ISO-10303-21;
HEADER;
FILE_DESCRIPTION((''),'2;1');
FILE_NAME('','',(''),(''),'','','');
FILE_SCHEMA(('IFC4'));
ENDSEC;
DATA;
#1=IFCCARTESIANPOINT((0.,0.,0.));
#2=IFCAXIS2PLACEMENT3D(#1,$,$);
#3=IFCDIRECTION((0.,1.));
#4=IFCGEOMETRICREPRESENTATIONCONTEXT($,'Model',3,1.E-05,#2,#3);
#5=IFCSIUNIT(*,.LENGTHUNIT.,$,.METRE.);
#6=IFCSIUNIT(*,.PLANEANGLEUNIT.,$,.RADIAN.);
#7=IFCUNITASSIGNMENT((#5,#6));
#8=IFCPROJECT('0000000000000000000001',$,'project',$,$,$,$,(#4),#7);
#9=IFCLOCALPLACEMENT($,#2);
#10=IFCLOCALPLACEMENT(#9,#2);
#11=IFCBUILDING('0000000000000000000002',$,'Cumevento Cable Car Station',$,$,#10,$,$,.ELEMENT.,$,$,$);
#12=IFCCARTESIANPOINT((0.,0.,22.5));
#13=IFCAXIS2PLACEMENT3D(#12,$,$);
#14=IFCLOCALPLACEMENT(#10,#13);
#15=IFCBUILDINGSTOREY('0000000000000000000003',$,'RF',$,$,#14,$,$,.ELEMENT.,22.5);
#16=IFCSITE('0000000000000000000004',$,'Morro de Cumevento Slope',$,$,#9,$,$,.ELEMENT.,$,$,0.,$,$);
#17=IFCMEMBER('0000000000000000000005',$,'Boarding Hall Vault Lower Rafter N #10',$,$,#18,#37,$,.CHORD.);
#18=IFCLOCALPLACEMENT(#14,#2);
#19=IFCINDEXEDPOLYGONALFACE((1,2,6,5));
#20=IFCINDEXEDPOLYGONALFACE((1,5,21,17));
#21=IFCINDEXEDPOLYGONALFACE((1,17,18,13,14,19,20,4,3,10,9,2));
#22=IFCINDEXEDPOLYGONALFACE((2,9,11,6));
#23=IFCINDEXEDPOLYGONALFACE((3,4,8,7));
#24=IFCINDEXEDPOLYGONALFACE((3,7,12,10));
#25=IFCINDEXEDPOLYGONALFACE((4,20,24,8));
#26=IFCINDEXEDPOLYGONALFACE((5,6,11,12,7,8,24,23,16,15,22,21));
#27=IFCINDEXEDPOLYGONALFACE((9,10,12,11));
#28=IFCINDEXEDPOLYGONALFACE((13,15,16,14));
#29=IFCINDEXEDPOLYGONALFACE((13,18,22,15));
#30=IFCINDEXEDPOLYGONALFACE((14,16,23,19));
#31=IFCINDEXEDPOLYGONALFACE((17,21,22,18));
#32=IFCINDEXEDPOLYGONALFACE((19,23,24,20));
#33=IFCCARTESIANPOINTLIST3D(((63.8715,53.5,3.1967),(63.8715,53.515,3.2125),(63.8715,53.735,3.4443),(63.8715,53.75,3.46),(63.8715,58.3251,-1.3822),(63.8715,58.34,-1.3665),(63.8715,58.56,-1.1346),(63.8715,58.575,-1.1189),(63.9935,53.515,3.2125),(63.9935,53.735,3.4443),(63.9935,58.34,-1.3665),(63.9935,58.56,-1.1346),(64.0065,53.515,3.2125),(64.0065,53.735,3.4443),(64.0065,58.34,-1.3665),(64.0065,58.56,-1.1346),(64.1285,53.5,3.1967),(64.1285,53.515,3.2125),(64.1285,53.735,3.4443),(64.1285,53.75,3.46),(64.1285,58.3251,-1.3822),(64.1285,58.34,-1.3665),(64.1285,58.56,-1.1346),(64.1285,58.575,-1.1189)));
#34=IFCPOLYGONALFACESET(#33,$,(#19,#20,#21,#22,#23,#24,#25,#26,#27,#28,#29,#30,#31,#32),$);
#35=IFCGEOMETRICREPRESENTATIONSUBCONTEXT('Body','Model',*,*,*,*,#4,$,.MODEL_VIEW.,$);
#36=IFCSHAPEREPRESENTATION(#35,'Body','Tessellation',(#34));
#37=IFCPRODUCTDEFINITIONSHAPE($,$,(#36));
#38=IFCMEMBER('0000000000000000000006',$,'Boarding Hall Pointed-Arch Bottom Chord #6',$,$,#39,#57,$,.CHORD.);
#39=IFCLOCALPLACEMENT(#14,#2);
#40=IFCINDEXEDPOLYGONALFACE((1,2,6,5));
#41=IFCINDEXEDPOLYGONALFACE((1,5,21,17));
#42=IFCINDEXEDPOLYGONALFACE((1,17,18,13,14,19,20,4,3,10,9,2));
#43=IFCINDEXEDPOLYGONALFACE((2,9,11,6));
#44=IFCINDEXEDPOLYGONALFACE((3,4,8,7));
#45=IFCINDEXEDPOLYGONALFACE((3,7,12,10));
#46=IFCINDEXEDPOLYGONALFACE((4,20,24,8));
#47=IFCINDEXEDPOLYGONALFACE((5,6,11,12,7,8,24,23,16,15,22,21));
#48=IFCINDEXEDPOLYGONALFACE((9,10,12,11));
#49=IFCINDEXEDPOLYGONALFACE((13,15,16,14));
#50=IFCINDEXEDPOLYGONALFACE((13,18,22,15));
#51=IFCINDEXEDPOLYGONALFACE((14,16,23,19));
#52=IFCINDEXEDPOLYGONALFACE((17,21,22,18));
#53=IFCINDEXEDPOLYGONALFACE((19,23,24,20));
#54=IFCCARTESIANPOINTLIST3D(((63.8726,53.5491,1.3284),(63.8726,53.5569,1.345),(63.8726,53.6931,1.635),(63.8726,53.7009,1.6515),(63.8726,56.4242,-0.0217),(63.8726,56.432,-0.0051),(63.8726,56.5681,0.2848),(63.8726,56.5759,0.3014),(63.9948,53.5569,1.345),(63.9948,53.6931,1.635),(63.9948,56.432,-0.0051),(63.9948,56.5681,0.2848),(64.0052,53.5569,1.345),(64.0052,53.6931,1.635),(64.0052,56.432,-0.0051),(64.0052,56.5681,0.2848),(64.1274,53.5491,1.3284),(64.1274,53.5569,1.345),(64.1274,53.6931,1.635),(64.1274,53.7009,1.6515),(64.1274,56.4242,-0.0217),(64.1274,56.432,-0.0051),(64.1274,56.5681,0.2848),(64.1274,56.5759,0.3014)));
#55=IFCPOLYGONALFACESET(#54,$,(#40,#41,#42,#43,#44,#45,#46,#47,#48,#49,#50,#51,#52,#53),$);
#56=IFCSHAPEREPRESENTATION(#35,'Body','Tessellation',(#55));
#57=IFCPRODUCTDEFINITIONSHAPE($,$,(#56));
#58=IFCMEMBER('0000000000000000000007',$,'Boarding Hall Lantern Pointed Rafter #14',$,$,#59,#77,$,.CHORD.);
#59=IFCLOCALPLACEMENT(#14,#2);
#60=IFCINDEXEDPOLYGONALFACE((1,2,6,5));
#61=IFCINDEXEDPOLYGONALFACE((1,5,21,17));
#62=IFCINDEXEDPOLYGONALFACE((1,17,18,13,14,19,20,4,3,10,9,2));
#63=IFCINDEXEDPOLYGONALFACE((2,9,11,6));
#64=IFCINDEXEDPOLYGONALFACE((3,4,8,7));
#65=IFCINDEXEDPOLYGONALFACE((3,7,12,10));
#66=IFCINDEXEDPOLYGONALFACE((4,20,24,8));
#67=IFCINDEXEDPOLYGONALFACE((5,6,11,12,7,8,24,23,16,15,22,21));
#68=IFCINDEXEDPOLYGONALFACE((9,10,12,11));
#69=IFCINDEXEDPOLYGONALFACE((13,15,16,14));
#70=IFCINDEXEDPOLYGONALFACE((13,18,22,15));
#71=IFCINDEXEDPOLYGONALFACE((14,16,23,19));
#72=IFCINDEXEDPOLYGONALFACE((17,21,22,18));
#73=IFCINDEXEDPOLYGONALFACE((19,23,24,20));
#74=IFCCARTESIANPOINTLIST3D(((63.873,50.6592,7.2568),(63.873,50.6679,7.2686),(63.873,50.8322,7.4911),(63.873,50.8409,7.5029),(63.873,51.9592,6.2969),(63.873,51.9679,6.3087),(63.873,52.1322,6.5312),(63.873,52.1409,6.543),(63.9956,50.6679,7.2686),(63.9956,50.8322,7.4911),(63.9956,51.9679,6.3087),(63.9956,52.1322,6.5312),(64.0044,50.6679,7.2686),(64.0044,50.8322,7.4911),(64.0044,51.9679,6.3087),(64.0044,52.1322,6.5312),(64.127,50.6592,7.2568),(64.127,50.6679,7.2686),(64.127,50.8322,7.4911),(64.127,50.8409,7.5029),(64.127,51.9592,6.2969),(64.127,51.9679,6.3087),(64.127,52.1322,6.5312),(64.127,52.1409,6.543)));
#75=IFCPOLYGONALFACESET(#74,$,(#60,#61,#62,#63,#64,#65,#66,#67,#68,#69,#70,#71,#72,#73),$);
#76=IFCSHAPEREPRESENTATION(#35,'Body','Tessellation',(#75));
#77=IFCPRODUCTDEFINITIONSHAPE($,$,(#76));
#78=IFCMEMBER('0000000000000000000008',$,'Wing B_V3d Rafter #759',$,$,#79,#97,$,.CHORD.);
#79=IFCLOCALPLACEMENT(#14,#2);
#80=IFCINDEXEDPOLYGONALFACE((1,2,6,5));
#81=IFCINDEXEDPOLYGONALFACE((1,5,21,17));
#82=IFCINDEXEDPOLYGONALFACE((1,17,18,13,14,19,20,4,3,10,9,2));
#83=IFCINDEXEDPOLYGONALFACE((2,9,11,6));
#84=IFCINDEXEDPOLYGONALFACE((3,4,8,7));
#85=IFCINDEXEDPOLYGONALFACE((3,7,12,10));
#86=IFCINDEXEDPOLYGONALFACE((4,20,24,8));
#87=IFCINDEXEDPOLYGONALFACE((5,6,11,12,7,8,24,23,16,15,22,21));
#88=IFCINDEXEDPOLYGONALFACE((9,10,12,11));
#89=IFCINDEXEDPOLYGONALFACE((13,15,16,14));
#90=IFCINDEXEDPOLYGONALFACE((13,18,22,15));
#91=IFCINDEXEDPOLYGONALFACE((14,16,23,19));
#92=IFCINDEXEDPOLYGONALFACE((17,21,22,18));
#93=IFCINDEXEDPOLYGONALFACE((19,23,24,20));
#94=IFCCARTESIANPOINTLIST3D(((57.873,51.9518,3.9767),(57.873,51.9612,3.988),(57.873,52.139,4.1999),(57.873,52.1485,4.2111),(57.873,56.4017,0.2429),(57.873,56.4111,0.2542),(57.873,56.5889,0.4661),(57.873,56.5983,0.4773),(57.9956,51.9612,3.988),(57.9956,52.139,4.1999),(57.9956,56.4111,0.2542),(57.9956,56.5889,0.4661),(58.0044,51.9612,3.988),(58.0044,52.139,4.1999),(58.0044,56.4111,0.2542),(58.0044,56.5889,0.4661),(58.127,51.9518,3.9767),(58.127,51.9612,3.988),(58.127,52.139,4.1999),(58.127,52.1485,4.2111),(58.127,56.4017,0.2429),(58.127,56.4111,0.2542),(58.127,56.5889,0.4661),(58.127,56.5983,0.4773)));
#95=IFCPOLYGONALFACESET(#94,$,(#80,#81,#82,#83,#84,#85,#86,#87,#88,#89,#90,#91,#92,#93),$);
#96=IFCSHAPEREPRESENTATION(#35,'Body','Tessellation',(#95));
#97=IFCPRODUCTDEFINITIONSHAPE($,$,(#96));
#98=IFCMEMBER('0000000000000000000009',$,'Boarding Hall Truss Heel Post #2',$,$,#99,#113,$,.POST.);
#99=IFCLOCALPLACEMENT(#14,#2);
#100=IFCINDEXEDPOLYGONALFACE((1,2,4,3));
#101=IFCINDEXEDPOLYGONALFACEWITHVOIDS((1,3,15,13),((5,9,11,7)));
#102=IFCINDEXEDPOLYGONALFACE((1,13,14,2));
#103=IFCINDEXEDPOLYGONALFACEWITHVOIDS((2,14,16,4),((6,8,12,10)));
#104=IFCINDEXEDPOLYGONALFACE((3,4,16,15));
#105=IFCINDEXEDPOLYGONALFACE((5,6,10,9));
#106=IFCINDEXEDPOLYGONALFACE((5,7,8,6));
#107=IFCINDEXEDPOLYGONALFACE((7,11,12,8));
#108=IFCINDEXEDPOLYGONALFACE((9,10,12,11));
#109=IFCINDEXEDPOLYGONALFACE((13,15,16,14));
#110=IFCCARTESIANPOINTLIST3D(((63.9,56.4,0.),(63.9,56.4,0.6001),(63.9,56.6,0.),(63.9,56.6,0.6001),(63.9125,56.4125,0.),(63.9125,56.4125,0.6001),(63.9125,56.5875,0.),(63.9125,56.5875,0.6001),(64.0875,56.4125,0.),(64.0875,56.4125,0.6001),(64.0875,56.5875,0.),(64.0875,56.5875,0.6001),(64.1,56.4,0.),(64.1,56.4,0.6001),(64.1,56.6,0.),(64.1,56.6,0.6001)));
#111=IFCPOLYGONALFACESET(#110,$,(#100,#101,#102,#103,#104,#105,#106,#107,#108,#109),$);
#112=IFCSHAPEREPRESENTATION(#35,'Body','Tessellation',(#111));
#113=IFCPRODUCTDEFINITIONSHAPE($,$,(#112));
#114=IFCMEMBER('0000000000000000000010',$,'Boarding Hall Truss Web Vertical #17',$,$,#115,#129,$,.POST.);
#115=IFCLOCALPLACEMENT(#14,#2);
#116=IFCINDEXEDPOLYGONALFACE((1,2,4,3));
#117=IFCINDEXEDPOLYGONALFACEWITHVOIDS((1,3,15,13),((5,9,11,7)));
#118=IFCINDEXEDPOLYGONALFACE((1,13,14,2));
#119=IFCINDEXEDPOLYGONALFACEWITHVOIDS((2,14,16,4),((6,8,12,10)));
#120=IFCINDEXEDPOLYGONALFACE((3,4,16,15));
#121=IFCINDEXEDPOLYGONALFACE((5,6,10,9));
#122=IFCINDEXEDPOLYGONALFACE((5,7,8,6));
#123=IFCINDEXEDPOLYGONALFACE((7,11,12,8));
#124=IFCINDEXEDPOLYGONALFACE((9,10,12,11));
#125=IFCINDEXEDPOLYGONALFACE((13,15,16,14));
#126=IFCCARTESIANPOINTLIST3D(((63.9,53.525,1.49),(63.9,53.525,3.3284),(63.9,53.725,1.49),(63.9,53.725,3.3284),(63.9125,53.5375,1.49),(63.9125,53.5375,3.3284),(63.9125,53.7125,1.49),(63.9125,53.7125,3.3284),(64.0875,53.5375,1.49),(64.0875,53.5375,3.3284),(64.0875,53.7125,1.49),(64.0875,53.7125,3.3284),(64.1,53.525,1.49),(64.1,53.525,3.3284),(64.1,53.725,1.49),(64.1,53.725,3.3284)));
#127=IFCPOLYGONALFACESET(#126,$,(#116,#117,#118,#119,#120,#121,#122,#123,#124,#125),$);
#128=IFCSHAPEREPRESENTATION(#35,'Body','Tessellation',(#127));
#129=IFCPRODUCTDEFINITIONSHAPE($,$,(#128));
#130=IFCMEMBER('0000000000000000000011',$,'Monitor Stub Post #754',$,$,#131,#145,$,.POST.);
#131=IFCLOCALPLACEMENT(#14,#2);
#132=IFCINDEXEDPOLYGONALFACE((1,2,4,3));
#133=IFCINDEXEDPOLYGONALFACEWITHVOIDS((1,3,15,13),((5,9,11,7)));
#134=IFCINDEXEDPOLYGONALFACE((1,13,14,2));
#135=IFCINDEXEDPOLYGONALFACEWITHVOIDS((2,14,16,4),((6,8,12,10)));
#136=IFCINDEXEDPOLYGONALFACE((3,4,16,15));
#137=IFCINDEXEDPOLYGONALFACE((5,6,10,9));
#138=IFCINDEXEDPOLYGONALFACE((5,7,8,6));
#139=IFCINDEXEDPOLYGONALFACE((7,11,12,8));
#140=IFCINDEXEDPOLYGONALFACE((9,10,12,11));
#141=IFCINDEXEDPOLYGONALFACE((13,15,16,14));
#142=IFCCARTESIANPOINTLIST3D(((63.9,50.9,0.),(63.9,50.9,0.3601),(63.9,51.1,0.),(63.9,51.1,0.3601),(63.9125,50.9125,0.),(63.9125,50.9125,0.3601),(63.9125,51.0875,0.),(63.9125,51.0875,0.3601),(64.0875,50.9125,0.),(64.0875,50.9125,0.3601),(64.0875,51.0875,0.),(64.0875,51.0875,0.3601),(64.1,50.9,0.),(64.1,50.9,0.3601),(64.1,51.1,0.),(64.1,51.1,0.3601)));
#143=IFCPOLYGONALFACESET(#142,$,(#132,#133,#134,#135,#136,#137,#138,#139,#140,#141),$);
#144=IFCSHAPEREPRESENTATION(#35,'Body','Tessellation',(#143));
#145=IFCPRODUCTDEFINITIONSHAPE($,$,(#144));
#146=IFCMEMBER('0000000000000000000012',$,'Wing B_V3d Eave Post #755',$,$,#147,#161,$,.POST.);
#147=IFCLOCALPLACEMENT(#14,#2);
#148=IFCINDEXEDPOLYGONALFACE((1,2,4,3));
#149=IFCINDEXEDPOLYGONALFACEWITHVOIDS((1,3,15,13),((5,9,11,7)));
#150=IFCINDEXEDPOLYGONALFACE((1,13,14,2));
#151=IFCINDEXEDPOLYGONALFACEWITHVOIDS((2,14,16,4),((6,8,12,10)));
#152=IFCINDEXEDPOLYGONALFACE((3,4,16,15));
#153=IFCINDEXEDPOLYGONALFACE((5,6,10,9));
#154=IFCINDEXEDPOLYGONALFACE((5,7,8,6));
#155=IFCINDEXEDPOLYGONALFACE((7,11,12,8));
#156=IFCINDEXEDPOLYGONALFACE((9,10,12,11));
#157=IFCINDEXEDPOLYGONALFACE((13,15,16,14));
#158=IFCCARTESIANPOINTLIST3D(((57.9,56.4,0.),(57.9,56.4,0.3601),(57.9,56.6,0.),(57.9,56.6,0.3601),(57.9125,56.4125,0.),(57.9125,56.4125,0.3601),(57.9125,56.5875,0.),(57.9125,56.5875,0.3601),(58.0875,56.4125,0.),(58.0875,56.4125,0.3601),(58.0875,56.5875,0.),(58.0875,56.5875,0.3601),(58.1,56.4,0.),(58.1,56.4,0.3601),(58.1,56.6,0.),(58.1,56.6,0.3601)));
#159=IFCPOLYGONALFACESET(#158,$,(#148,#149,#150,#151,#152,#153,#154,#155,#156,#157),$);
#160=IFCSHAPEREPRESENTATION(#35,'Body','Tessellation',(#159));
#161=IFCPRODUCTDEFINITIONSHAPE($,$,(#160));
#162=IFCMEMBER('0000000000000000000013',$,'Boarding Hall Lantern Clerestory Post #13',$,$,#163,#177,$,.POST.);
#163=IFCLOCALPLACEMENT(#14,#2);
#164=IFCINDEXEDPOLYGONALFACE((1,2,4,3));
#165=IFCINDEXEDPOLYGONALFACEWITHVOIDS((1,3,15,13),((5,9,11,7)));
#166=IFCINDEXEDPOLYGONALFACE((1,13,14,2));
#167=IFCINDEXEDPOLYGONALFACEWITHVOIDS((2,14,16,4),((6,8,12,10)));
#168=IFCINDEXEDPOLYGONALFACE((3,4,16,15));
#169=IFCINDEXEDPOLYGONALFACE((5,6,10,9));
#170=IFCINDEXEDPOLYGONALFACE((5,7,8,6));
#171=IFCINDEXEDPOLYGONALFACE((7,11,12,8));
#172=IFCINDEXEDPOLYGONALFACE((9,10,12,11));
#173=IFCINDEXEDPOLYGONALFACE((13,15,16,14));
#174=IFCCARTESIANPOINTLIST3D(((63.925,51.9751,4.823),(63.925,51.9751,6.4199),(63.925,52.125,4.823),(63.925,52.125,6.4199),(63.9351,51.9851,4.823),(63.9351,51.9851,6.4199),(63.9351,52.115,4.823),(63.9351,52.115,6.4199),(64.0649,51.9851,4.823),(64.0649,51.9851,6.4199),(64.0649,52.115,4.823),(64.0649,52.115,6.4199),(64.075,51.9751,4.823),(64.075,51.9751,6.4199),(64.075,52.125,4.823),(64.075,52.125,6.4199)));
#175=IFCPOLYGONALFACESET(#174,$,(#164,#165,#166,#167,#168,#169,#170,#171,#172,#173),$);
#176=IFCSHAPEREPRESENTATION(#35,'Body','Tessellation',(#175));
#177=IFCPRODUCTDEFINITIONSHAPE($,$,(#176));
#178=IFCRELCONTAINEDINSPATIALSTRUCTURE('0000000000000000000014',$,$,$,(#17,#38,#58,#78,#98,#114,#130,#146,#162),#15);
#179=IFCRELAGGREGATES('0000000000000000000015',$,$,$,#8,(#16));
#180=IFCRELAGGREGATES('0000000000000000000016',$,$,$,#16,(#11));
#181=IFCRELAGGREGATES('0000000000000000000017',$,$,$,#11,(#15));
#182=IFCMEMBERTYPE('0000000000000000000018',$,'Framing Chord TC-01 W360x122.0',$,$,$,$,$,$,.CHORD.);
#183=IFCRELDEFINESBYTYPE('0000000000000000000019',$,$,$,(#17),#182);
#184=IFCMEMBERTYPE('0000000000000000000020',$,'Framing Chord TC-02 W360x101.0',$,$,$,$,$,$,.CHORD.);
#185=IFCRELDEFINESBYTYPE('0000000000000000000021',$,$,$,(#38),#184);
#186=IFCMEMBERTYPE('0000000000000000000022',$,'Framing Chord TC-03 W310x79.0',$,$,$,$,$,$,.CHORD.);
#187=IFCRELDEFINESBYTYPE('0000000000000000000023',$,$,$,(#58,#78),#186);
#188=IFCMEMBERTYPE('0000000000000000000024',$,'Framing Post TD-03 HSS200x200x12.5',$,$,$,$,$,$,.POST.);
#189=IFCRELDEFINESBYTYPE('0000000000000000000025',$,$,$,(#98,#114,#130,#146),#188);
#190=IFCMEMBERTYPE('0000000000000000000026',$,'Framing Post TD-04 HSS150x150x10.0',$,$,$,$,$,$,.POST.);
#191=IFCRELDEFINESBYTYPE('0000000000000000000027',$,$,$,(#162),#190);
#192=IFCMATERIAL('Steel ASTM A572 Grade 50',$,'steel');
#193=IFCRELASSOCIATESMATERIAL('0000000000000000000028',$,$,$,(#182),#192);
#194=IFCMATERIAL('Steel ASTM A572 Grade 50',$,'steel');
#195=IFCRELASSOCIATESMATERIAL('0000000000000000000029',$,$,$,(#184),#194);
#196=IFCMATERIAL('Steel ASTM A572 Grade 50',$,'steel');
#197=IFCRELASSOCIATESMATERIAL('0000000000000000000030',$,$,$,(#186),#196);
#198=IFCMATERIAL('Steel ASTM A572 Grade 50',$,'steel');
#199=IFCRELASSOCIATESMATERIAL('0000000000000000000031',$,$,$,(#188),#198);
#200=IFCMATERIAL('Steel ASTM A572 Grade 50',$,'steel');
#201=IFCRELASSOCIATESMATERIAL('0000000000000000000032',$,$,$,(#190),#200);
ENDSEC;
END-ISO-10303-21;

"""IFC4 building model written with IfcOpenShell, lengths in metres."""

from ifc_helpers import new_model, si_unit, direction, frame, origin, origin_2d, place, context, subcontext, project, spatial, hollow_rectangle, i_section, extrude, material, material_profile, profile_set, type_object, element, save


model = new_model("IFC4")

# Units and contexts
model_context = context("Model", 3, precision=1e-05, world=origin(), true_north=direction((0.0, 1.0)))
body_context = subcontext(model_context, "Body", "Model", "MODEL_VIEW")
ifc_project = project(units=[si_unit("LENGTHUNIT", "METRE"), si_unit("PLANEANGLEUNIT", "RADIAN")], contexts=[model_context])

# Site, building, storey
site_placement = place(None, origin())
site = spatial("IfcSite", under=ifc_project, at=site_placement, Name="Morro de Cumevento Slope", CompositionType="ELEMENT", RefElevation=0.0)
building_placement = place(site_placement, origin())
building = spatial("IfcBuilding", under=site, at=building_placement, Name="Cumevento Cable Car Station", CompositionType="ELEMENT")
storey_placement = place(building_placement, frame((0.0, 0.0, 22.5)))
storey = spatial("IfcBuildingStorey", under=building, at=storey_placement, Name="RF", CompositionType="ELEMENT", Elevation=22.5)

# Members
ifc_material_1 = material(Name="Steel ASTM A572 Grade 50", Category="steel")
ifc_material_profile_1 = material_profile(ifc_material_1, i_section(OverallWidth=0.2571, OverallDepth=0.363, WebThickness=0.0129, FlangeThickness=0.0217, at=origin_2d()), Name="W360x122.0")
ifc_profile_set_1 = profile_set([ifc_material_profile_1], Name="Steel ASTM A572 Grade 50")
member_type_1 = type_object("IfcMemberType", Name="Framing Chord TC-01 W360x122.0", PredefinedType="CHORD", material=ifc_profile_set_1)
member_1_placement = place(storey_placement, frame((64.0, 53.625, 3.3284), z_axis=(0.0, 0.725363, -0.688366), x_axis=(-1.0, 0.0, 0.0)))
element("IfcMember", 1, at=member_1_placement, inside=storey, type_object=member_type_1, Name="Boarding Hall Vault Lower Rafter N #10", PredefinedType="CHORD", context=body_context, shape_type="SweptSolid", body=[
    extrude(i_section(OverallWidth=0.2571, OverallDepth=0.363, WebThickness=0.0129, FlangeThickness=0.0217, at=origin_2d()), origin(), (0.0, 0.0, 1.0), 6.6519),
])
ifc_material_2 = material(Name="Steel ASTM A572 Grade 50", Category="steel")
ifc_material_profile_2 = material_profile(ifc_material_2, i_section(OverallWidth=0.2549, OverallDepth=0.3569, WebThickness=0.0105, FlangeThickness=0.0183, at=origin_2d()), Name="W360x101.0")
ifc_profile_set_2 = profile_set([ifc_material_profile_2], Name="Steel ASTM A572 Grade 50")
member_type_2 = type_object("IfcMemberType", Name="Framing Chord TC-02 W360x101.0", PredefinedType="CHORD", material=ifc_profile_set_2)
member_2_placement = place(storey_placement, frame((64.0, 53.625, 1.49), z_axis=(0.0, 0.905163, -0.425064), x_axis=(-1.0, 0.0, 0.0)))
element("IfcMember", 2, at=member_2_placement, inside=storey, type_object=member_type_2, Name="Boarding Hall Pointed-Arch Bottom Chord #6", PredefinedType="CHORD", context=body_context, shape_type="SweptSolid", body=[
    extrude(i_section(OverallWidth=0.2549, OverallDepth=0.3569, WebThickness=0.0105, FlangeThickness=0.0183, at=origin_2d()), origin(), (0.0, 0.0, 1.0), 3.1763),
])
ifc_material_3 = material(Name="Steel ASTM A572 Grade 50", Category="steel")
ifc_material_profile_3 = material_profile(ifc_material_3, i_section(OverallWidth=0.2539, OverallDepth=0.3059, WebThickness=0.0088, FlangeThickness=0.0146, at=origin_2d()), Name="W310x79.0")
ifc_profile_set_3 = profile_set([ifc_material_profile_3], Name="Steel ASTM A572 Grade 50")
member_type_3 = type_object("IfcMemberType", Name="Framing Chord TC-03 W310x79.0", PredefinedType="CHORD", material=ifc_profile_set_3)
member_3_placement = place(storey_placement, frame((64.0, 52.05, 6.4199), z_axis=(0.0, -0.804455, 0.594013), x_axis=(1.0, 0.0, 0.0)))
element("IfcMember", 3, at=member_3_placement, inside=storey, type_object=member_type_3, Name="Boarding Hall Lantern Pointed Rafter #14", PredefinedType="CHORD", context=body_context, shape_type="SweptSolid", body=[
    extrude(i_section(OverallWidth=0.2539, OverallDepth=0.3059, WebThickness=0.0088, FlangeThickness=0.0146, at=origin_2d()), origin(), (0.0, 0.0, 1.0), 1.616),
])
member_4_placement = place(storey_placement, frame((58.0, 56.5, 0.3601), z_axis=(0.0, -0.76605, 0.642781), x_axis=(1.0, 0.0, 0.0)))
element("IfcMember", 4, at=member_4_placement, inside=storey, type_object=member_type_3, Name="Wing B_V3d Rafter #759", PredefinedType="CHORD", context=body_context, shape_type="SweptSolid", body=[
    extrude(i_section(OverallWidth=0.2539, OverallDepth=0.3059, WebThickness=0.0088, FlangeThickness=0.0146, at=origin_2d()), origin(), (0.0, 0.0, 1.0), 5.8088),
])
ifc_material_4 = material(Name="Steel ASTM A572 Grade 50", Category="steel")
ifc_material_profile_4 = material_profile(ifc_material_4, hollow_rectangle(XDim=0.2, YDim=0.2, WallThickness=0.0125, at=origin_2d()), Name="HSS200x200x12.5")
ifc_profile_set_4 = profile_set([ifc_material_profile_4], Name="Steel ASTM A572 Grade 50")
member_type_4 = type_object("IfcMemberType", Name="Framing Post TD-03 HSS200x200x12.5", PredefinedType="POST", material=ifc_profile_set_4)
member_5_placement = place(storey_placement, frame((64.0, 56.5, 0.0), z_axis=(0.0, 0.0, 1.0), x_axis=(1.0, 0.0, 0.0)))
element("IfcMember", 5, at=member_5_placement, inside=storey, type_object=member_type_4, Name="Boarding Hall Truss Heel Post #2", PredefinedType="POST", context=body_context, shape_type="SweptSolid", body=[
    extrude(hollow_rectangle(XDim=0.2, YDim=0.2, WallThickness=0.0125, at=origin_2d()), origin(), (0.0, 0.0, 1.0), 0.6001),
])
member_6_placement = place(storey_placement, frame((64.0, 53.625, 1.49), z_axis=(0.0, 0.0, 1.0), x_axis=(1.0, 0.0, 0.0)))
element("IfcMember", 6, at=member_6_placement, inside=storey, type_object=member_type_4, Name="Boarding Hall Truss Web Vertical #17", PredefinedType="POST", context=body_context, shape_type="SweptSolid", body=[
    extrude(hollow_rectangle(XDim=0.2, YDim=0.2, WallThickness=0.0125, at=origin_2d()), origin(), (0.0, 0.0, 1.0), 1.8384),
])
for number, where, z_axis, x_axis, name in (
    (7, (64.0, 51.0, 0.0), (0.0, 0.0, 1.0), (1.0, 0.0, 0.0), "Monitor Stub Post #754"),
    (8, (58.0, 56.5, 0.0), (0.0, 0.0, 1.0), (1.0, 0.0, 0.0), "Wing B_V3d Eave Post #755"),
):
    element("IfcMember", number, at=place(storey_placement, frame(where, z_axis=z_axis, x_axis=x_axis)), inside=storey, type_object=member_type_4, Name=name, PredefinedType="POST", context=body_context, shape_type="SweptSolid", body=[
        extrude(hollow_rectangle(XDim=0.2, YDim=0.2, WallThickness=0.0125, at=origin_2d()), origin(), (0.0, 0.0, 1.0), 0.3601),
    ])
ifc_material_5 = material(Name="Steel ASTM A572 Grade 50", Category="steel")
ifc_material_profile_5 = material_profile(ifc_material_5, hollow_rectangle(XDim=0.1499, YDim=0.1499, WallThickness=0.01, at=origin_2d()), Name="HSS150x150x10.0")
ifc_profile_set_5 = profile_set([ifc_material_profile_5], Name="Steel ASTM A572 Grade 50")
member_type_5 = type_object("IfcMemberType", Name="Framing Post TD-04 HSS150x150x10.0", PredefinedType="POST", material=ifc_profile_set_5)
member_7_placement = place(storey_placement, frame((64.0, 52.05, 4.823), z_axis=(0.0, 0.0, 1.0), x_axis=(1.0, 0.0, 0.0)))
element("IfcMember", 9, at=member_7_placement, inside=storey, type_object=member_type_5, Name="Boarding Hall Lantern Clerestory Post #13", PredefinedType="POST", context=body_context, shape_type="SweptSolid", body=[
    extrude(hollow_rectangle(XDim=0.1499, YDim=0.1499, WallThickness=0.01, at=origin_2d()), origin(), (0.0, 0.0, 1.0), 1.5969),
])

save(model, "model.ifc")
